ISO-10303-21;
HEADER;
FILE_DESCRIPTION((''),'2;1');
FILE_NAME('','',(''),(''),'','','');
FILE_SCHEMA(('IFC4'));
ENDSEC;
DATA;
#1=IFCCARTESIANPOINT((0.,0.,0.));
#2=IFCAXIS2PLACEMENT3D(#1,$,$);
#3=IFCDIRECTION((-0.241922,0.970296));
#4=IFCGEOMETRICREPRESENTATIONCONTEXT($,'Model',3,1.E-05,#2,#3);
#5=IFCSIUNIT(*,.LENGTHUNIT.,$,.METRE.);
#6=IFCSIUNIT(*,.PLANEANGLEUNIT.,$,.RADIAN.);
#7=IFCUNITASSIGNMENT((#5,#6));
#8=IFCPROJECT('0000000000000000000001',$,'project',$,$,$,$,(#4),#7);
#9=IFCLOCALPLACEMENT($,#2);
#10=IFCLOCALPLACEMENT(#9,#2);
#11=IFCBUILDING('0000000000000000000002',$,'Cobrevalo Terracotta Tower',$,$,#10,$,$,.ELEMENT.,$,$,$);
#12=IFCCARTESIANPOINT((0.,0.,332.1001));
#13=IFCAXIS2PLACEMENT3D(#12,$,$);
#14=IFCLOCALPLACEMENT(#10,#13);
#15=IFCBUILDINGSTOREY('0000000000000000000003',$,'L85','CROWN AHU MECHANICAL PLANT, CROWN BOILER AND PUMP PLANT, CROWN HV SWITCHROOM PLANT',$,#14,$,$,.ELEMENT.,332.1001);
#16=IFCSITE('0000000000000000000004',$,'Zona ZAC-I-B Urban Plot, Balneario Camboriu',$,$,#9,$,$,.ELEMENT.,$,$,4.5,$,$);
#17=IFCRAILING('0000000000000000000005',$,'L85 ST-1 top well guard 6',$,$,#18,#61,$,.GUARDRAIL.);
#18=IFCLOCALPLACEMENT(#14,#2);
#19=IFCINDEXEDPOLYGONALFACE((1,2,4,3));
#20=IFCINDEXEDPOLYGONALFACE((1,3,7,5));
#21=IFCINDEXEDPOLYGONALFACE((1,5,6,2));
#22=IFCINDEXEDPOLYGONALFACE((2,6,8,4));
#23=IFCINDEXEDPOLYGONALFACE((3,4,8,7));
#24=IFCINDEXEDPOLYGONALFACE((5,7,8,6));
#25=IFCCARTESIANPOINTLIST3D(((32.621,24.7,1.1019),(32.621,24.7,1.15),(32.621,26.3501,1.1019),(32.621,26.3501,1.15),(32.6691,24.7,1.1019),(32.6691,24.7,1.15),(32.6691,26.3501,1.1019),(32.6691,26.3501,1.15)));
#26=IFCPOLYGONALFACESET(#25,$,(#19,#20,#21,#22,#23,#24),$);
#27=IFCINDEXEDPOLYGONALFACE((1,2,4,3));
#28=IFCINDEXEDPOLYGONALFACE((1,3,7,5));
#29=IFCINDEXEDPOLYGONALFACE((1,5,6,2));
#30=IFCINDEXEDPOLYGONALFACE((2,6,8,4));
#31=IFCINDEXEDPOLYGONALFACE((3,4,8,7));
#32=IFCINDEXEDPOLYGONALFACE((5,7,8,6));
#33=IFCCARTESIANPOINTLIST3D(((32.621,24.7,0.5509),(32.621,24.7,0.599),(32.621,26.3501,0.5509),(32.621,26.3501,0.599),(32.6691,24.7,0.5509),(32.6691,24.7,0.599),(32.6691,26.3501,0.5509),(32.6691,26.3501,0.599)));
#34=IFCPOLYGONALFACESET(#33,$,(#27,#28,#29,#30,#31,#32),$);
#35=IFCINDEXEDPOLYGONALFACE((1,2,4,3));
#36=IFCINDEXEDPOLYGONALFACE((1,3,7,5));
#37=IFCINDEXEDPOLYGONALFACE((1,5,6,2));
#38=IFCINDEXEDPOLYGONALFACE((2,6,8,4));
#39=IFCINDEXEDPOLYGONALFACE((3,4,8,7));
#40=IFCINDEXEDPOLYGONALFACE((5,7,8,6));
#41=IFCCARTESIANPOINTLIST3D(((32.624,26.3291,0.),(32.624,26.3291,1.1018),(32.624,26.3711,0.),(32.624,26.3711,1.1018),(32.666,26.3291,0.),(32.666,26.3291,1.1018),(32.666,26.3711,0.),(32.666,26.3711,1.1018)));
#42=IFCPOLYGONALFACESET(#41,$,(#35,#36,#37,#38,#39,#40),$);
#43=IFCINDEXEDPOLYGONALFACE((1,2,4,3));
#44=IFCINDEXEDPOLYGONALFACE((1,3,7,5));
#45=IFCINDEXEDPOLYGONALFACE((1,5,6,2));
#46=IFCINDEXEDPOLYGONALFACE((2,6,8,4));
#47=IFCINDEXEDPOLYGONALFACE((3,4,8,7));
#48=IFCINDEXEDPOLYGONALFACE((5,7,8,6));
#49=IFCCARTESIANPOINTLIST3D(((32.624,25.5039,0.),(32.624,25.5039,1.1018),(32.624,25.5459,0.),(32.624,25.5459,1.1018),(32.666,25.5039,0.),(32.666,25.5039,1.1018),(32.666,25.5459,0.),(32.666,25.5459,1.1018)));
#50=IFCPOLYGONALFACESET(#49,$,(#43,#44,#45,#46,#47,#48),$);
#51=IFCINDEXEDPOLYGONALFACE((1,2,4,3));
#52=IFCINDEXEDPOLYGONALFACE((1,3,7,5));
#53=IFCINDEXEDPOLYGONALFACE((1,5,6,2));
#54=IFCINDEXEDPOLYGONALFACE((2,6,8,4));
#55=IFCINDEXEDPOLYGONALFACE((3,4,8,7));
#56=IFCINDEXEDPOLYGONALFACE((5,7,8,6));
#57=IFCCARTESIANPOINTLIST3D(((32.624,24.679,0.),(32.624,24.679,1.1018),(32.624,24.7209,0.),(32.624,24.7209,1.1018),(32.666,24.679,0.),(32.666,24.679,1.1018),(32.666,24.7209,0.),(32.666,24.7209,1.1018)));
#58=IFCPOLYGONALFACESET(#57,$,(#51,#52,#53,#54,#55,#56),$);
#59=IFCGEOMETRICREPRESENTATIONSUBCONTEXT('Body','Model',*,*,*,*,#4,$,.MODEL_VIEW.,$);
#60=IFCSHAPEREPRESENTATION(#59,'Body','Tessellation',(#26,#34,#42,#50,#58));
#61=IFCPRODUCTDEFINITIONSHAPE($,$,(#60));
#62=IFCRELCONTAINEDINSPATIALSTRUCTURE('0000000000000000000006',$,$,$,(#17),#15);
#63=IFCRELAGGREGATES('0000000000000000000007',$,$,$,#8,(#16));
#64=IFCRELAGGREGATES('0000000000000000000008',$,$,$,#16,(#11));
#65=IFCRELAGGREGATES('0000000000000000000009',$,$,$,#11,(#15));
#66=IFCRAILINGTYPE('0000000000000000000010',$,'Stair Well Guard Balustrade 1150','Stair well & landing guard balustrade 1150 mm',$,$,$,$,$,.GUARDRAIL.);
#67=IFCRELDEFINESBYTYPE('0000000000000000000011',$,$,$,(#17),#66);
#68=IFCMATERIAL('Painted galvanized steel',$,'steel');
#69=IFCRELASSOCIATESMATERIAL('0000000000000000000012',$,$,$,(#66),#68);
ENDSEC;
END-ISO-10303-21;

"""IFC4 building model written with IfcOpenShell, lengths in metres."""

from ifc_helpers import new_model, si_unit, direction, frame, origin, origin_2d, place, context, subcontext, project, spatial, rectangle, extrude, material, type_object, element, save


model = new_model("IFC4")

# Units and contexts
model_context = context("Model", 3, precision=1e-05, world=origin(), true_north=direction((-0.241922, 0.970296)))
body_context = subcontext(model_context, "Body", "Model", "MODEL_VIEW")
ifc_project = project(units=[si_unit("LENGTHUNIT", "METRE"), si_unit("PLANEANGLEUNIT", "RADIAN")], contexts=[model_context])

# Site, building, storey
site_placement = place(None, origin())
site = spatial("IfcSite", under=ifc_project, at=site_placement, Name="Zona ZAC-I-B Urban Plot, Balneario Camboriu", CompositionType="ELEMENT", RefElevation=4.5)
building_placement = place(site_placement, origin())
building = spatial("IfcBuilding", under=site, at=building_placement, Name="Cobrevalo Terracotta Tower", CompositionType="ELEMENT")
storey_placement = place(building_placement, frame((0.0, 0.0, 332.1001)))
storey = spatial("IfcBuildingStorey", under=building, at=storey_placement, Name="L85", Description="CROWN AHU MECHANICAL PLANT, CROWN BOILER AND PUMP PLANT, CROWN HV SWITCHROOM PLANT", CompositionType="ELEMENT", Elevation=332.1001)

# Railing
ifc_material_1 = material(Name="Painted galvanized steel", Category="steel")
railing_type = type_object("IfcRailingType", Name="Stair Well Guard Balustrade 1150", Description="Stair well & landing guard balustrade 1150 mm", PredefinedType="GUARDRAIL", material=ifc_material_1)
for number, where, name in (
    (1, (32.645, 26.3501, 0.0), "L85 ST-1 top well guard 6"),
):
    element("IfcRailing", number, at=place(storey_placement, frame(where)), inside=storey, type_object=railing_type, Name=name, PredefinedType="GUARDRAIL", context=body_context, shape_type="SweptSolid", body=[
        extrude(rectangle(XDim=0.0481, YDim=0.0481, at=origin_2d()), frame((0.0, 0.0, 1.126), z_axis=(0.0, -1.0, 0.0), x_axis=(1.0, 0.0, 0.0)), (0.0, 0.0, 1.0), 1.6501),
        extrude(rectangle(XDim=0.0481, YDim=0.0481, at=origin_2d()), frame((0.0, 0.0, 0.575), z_axis=(0.0, -1.0, 0.0), x_axis=(1.0, 0.0, 0.0)), (0.0, 0.0, 1.0), 1.6501),
        extrude(rectangle(XDim=0.042, YDim=0.042, at=origin_2d()), origin(), (0.0, 0.0, 1.0), 1.1018),
        extrude(rectangle(XDim=0.042, YDim=0.042, at=origin_2d()), frame((0.0, -0.8252, 0.0)), (0.0, 0.0, 1.0), 1.1018),
        extrude(rectangle(XDim=0.042, YDim=0.042, at=origin_2d()), frame((0.0, -1.6501, 0.0)), (0.0, 0.0, 1.0), 1.1018),
    ])

save(model, "model.ifc")
